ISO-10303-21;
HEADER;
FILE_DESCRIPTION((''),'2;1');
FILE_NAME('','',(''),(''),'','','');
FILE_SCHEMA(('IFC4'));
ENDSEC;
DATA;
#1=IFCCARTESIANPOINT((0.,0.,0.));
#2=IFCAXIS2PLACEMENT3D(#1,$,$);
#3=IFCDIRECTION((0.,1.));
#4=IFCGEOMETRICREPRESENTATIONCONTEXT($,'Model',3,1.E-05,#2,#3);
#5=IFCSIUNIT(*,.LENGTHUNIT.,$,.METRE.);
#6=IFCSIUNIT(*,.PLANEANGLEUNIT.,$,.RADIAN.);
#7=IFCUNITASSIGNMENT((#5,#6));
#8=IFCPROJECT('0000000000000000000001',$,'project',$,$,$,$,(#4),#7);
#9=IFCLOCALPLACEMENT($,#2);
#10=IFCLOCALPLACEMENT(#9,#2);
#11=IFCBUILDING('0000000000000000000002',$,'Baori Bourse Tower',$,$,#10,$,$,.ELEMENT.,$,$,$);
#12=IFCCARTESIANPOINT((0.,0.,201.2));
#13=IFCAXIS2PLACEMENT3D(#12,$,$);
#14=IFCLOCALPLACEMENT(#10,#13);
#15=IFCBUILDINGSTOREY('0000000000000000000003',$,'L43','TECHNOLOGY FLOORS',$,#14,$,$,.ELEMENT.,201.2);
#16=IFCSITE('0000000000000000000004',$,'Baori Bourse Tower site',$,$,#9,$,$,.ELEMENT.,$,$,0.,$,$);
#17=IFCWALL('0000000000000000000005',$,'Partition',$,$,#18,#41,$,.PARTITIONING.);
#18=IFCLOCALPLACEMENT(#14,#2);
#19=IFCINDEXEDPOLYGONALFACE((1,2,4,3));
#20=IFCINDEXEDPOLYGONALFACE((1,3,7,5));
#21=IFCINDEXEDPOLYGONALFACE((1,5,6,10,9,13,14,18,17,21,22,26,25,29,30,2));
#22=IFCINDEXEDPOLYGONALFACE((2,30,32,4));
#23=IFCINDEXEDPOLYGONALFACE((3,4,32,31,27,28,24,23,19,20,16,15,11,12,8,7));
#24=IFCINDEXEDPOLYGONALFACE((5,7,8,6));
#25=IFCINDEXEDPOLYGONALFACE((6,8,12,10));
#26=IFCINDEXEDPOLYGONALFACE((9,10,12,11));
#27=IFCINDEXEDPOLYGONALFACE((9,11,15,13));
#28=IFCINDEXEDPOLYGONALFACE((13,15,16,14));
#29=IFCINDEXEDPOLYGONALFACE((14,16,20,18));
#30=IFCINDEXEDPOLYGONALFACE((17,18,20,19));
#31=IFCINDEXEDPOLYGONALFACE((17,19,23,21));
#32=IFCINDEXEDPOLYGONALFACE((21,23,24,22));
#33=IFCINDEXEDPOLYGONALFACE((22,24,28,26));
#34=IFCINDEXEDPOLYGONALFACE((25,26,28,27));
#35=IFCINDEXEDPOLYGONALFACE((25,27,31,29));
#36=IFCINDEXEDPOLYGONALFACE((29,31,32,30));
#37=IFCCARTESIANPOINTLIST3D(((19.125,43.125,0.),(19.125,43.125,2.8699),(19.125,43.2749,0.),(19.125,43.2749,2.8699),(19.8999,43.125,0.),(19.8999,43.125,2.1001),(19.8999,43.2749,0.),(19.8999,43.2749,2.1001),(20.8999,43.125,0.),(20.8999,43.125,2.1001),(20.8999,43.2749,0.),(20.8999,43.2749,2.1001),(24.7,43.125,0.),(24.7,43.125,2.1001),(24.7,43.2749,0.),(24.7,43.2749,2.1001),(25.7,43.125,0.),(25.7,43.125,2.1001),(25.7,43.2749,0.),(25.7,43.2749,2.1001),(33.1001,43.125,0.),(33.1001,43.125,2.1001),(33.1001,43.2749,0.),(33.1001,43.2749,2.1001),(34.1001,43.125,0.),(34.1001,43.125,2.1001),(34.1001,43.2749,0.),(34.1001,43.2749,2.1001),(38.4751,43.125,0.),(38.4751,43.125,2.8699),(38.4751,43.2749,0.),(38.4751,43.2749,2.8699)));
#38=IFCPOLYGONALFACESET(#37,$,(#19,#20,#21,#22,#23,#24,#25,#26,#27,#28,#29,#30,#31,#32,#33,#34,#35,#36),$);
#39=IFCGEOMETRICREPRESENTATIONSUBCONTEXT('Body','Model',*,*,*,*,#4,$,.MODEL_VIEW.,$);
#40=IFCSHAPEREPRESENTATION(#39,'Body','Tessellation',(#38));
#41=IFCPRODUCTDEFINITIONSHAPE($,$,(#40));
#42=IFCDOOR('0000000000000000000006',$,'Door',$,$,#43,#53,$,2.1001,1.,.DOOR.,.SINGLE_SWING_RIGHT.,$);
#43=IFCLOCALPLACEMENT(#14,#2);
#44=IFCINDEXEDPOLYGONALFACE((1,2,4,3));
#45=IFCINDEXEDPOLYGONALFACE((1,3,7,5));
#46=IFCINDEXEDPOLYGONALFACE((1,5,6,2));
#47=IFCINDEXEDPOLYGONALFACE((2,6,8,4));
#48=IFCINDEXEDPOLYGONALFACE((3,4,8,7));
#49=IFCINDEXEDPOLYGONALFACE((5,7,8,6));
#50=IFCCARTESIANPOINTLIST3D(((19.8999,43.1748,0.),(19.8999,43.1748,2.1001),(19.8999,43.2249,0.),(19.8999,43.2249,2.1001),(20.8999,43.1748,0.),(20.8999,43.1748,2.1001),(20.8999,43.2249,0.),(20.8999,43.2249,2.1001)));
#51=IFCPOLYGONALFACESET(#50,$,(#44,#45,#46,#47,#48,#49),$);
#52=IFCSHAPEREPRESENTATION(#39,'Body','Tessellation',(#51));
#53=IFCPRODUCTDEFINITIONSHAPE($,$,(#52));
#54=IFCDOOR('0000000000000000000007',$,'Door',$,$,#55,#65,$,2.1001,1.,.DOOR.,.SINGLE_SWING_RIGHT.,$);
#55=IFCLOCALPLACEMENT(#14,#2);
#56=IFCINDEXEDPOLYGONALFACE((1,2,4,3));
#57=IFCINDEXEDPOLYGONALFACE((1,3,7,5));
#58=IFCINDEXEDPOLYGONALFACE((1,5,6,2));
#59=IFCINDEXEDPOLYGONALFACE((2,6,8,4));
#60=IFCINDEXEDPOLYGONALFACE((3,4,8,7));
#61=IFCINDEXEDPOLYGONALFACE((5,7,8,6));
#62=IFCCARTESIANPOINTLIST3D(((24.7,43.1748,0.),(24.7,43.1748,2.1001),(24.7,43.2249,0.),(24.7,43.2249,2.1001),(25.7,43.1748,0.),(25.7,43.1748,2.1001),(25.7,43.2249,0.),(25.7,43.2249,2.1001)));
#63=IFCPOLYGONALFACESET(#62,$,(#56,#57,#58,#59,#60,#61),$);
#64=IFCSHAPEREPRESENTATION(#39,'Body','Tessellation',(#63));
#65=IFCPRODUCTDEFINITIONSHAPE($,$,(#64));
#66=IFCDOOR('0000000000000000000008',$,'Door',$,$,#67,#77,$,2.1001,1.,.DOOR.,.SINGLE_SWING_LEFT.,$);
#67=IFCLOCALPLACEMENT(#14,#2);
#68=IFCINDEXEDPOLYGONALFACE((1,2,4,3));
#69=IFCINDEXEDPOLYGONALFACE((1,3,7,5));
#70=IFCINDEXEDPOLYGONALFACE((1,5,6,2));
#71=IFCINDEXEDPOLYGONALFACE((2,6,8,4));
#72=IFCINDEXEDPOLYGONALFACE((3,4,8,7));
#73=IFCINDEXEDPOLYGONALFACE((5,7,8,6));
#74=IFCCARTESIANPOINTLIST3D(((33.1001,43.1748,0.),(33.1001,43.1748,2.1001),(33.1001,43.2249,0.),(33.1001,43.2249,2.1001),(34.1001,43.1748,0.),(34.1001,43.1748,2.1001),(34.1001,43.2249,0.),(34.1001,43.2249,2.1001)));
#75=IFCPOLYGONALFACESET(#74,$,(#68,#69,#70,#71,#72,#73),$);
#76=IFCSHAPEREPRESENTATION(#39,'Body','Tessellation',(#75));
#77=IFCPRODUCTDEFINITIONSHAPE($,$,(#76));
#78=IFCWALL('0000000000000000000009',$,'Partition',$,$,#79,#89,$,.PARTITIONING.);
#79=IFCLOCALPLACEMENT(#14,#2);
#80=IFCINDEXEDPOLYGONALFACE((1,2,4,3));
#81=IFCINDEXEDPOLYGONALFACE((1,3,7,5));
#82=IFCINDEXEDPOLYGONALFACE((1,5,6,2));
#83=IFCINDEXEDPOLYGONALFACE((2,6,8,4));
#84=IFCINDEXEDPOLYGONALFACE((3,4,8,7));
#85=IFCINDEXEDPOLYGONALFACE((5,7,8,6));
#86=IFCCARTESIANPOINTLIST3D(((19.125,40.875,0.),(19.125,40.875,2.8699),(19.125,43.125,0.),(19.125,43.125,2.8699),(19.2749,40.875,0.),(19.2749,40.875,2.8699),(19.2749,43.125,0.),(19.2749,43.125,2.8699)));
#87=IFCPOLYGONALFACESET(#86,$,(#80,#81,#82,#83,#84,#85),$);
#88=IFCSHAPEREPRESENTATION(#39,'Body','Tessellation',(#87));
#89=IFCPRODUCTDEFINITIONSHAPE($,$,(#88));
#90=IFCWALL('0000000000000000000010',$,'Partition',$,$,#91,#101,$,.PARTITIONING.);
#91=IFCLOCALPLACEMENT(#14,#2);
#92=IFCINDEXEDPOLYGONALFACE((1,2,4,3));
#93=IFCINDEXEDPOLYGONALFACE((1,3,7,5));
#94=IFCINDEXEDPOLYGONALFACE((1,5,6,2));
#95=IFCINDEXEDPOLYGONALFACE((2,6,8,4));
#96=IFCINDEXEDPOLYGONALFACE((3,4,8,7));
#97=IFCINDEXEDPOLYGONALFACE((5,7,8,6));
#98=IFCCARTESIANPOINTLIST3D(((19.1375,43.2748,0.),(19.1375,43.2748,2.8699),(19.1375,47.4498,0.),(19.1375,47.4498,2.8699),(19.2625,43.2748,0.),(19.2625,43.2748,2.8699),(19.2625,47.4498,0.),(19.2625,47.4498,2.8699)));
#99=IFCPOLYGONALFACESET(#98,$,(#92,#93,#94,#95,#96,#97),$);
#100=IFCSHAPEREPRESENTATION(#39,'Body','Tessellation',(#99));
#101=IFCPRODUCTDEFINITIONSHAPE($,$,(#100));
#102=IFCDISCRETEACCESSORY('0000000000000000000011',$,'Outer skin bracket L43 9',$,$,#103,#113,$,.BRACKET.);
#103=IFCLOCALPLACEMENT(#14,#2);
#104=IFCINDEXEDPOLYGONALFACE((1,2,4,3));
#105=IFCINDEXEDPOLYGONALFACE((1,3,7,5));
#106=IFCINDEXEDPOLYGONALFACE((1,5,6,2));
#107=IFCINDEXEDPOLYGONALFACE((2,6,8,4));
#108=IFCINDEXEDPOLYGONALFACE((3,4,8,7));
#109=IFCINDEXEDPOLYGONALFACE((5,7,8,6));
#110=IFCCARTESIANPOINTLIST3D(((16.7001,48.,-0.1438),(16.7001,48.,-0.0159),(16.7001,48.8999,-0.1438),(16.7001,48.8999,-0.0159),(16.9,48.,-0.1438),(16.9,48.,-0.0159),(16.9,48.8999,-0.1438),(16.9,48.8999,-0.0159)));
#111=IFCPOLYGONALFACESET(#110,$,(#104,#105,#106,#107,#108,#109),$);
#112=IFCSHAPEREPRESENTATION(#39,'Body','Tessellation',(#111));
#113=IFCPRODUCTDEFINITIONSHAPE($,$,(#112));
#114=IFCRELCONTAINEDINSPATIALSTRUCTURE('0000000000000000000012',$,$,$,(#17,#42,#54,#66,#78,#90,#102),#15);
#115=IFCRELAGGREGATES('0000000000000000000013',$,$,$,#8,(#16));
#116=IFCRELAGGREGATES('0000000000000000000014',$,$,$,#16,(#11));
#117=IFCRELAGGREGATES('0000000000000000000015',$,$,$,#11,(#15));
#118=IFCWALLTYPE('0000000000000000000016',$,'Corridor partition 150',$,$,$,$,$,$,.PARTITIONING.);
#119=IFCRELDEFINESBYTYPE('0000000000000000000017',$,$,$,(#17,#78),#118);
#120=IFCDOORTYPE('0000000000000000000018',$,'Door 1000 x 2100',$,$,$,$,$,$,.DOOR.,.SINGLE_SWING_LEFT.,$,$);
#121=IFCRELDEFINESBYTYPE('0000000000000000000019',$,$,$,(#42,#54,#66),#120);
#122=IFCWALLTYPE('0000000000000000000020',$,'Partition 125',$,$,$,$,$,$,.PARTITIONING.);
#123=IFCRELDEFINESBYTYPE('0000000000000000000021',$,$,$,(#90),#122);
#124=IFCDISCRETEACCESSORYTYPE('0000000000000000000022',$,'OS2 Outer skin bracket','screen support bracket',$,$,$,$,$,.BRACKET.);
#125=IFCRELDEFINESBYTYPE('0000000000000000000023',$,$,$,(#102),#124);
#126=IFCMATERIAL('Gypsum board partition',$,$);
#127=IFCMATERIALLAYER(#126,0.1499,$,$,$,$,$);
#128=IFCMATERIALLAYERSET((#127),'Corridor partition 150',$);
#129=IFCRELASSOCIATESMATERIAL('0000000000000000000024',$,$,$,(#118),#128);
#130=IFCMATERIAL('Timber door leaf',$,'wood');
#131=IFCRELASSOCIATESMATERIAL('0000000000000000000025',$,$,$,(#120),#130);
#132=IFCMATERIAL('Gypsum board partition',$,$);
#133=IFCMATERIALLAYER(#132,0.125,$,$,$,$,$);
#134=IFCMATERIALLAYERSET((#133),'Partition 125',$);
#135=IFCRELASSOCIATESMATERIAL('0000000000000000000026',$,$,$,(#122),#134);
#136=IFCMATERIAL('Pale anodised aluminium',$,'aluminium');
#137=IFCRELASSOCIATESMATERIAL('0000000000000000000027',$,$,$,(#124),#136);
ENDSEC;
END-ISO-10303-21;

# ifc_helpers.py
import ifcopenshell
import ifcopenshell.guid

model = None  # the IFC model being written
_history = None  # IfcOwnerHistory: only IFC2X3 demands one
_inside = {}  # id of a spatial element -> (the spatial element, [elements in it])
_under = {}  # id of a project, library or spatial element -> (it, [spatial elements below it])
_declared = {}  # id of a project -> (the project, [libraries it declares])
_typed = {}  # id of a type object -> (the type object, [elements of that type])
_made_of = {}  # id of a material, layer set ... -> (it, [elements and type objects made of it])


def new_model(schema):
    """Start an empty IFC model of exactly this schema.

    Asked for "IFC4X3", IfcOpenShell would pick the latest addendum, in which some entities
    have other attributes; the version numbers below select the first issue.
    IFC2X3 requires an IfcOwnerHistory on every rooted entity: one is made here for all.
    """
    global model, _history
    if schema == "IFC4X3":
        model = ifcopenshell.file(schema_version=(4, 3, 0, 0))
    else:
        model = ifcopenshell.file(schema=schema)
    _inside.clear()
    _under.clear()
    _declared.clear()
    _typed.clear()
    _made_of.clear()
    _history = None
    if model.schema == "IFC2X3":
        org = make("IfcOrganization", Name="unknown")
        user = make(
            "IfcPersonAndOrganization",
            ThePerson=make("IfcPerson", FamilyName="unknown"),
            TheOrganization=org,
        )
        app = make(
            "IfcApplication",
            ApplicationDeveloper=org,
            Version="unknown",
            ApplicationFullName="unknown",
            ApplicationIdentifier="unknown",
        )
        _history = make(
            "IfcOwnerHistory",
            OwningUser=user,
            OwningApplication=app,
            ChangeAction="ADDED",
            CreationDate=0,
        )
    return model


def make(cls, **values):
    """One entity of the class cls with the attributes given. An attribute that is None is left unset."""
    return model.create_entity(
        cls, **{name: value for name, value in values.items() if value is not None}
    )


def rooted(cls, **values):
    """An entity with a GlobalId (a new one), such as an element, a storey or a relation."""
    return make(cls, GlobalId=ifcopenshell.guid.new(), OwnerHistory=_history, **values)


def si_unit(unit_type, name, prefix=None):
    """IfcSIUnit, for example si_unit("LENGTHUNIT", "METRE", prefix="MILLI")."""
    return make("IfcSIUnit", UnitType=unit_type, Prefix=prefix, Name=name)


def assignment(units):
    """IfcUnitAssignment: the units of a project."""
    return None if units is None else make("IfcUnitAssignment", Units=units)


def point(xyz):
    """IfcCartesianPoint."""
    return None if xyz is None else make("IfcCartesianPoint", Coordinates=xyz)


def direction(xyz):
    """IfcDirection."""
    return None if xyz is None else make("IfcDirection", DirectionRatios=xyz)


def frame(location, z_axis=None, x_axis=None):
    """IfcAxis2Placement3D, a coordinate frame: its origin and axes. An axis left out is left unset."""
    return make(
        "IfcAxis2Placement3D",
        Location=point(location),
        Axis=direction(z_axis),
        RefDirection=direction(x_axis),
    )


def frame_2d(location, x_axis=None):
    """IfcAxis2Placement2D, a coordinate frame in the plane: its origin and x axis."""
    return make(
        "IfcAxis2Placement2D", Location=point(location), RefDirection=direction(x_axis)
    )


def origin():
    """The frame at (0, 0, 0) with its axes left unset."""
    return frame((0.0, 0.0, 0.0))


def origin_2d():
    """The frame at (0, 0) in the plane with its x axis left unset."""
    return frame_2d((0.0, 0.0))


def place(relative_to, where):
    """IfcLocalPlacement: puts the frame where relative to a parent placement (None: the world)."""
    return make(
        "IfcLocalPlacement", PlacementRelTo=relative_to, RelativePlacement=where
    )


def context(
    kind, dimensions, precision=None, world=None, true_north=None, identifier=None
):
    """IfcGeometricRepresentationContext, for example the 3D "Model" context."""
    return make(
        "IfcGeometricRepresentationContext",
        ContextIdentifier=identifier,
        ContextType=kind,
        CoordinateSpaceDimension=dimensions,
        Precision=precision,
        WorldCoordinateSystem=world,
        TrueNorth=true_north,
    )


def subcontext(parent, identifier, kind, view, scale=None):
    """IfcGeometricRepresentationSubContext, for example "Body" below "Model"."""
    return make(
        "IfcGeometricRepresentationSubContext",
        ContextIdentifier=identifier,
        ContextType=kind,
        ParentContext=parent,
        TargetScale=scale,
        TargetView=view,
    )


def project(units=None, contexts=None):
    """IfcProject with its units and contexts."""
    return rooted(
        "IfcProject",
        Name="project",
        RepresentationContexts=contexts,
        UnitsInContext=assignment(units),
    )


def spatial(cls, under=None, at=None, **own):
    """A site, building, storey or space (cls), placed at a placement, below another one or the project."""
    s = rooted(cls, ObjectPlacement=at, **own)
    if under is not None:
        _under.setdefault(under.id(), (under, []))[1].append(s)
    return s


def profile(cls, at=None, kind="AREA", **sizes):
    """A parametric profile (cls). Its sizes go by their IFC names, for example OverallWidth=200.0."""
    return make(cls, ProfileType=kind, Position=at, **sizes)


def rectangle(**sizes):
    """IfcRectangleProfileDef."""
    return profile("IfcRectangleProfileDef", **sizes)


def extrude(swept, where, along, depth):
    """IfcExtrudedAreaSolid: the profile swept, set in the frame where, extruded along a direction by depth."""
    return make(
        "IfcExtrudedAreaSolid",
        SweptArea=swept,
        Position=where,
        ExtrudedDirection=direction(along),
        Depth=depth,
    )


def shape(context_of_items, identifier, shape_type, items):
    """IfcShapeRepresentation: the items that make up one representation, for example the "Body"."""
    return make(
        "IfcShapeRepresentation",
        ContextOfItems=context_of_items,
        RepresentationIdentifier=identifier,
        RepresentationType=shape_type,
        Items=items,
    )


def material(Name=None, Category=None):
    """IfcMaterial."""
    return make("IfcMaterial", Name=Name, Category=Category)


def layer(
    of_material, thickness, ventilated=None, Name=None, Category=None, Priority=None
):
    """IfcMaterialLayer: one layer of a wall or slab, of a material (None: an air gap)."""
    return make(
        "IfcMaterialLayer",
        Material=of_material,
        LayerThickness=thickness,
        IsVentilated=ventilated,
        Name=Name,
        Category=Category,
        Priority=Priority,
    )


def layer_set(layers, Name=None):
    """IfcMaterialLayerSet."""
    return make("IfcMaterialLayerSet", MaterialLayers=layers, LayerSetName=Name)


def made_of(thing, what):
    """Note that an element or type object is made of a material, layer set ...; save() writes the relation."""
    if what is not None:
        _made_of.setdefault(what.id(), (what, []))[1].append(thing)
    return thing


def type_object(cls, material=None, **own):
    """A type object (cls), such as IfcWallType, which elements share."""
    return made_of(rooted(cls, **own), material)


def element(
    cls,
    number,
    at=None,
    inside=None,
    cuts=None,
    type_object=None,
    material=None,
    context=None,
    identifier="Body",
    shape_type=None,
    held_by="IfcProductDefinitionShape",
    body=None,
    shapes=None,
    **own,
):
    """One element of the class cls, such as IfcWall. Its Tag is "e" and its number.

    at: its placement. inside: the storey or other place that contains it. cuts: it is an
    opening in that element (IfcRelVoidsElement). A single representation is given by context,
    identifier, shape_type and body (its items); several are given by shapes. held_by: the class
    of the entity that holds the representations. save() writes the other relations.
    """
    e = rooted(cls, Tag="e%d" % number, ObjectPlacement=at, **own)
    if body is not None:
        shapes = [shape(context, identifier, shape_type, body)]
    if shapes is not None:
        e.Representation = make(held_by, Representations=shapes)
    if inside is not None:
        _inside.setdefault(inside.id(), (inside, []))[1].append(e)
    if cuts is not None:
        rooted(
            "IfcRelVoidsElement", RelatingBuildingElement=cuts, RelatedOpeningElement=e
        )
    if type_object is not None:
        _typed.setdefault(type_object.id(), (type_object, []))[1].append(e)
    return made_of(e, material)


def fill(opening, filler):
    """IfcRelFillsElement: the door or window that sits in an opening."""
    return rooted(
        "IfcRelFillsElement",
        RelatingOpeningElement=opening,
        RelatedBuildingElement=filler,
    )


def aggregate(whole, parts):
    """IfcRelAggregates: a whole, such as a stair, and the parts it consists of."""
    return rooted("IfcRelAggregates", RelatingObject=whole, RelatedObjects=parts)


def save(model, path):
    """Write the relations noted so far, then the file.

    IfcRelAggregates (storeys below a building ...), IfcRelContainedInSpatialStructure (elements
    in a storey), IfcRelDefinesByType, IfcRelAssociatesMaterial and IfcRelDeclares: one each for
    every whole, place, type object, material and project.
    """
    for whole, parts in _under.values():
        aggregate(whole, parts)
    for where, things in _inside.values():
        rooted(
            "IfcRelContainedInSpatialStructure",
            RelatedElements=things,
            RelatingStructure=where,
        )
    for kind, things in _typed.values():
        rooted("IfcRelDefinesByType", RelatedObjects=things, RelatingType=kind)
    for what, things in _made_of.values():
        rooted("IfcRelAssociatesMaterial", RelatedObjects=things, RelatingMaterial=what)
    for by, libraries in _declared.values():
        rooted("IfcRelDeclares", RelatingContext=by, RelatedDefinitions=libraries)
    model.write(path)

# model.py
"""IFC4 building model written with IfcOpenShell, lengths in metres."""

from ifc_helpers import new_model, si_unit, direction, frame, frame_2d, origin, origin_2d, place, context, subcontext, project, spatial, rectangle, extrude, material, layer, layer_set, type_object, element, fill, save


model = new_model("IFC4")

# Units and contexts
model_context = context("Model", 3, precision=1e-05, world=origin(), true_north=direction((0.0, 1.0)))
body_context = subcontext(model_context, "Body", "Model", "MODEL_VIEW")
ifc_project = project(units=[si_unit("LENGTHUNIT", "METRE"), si_unit("PLANEANGLEUNIT", "RADIAN")], contexts=[model_context])

# Site, building, storey
site_placement = place(None, origin())
site = spatial("IfcSite", under=ifc_project, at=site_placement, Name="Baori Bourse Tower site", CompositionType="ELEMENT", RefElevation=0.0)
building_placement = place(site_placement, origin())
building = spatial("IfcBuilding", under=site, at=building_placement, Name="Baori Bourse Tower", CompositionType="ELEMENT")
storey_placement = place(building_placement, frame((0.0, 0.0, 201.2)))
storey = spatial("IfcBuildingStorey", under=building, at=storey_placement, Name="L43", Description="TECHNOLOGY FLOORS", CompositionType="ELEMENT", Elevation=201.2)

# Wall, openings, doors
ifc_material_1 = material(Name="Gypsum board partition")
ifc_layer_1 = layer(ifc_material_1, 0.1499)
ifc_layer_set_1 = layer_set([ifc_layer_1], Name="Corridor partition 150")
wall_type_1 = type_object("IfcWallType", Name="Corridor partition 150", PredefinedType="PARTITIONING", material=ifc_layer_set_1)
wall_1_placement = place(storey_placement, frame((19.125, 43.2, 0.0), z_axis=(0.0, 0.0, 1.0), x_axis=(1.0, 0.0, 0.0)))
wall_1 = element("IfcWall", 1, at=wall_1_placement, inside=storey, type_object=wall_type_1, Name="Partition", PredefinedType="PARTITIONING", context=body_context, shape_type="SweptSolid", body=[
    extrude(rectangle(XDim=19.3501, YDim=0.1499, at=frame_2d((9.675, 0.0))), origin(), (0.0, 0.0, 1.0), 2.8699),
])
opening_1_placement = place(wall_1_placement, frame((0.7749, 0.0, 0.0)))
opening_1 = element("IfcOpeningElement", 2, at=opening_1_placement, cuts=wall_1, PredefinedType="OPENING", context=body_context, shape_type="SweptSolid", body=[
    extrude(rectangle(XDim=1.0, YDim=2.1001, at=frame_2d((0.5, 1.05))), frame((0.0, 0.085, 0.0), z_axis=(0.0, -1.0, 0.0), x_axis=(1.0, 0.0, 0.0)), (0.0, 0.0, 1.0), 0.1699),
])
opening_2_placement = place(wall_1_placement, frame((5.575, 0.0, 0.0)))
opening_2 = element("IfcOpeningElement", 3, at=opening_2_placement, cuts=wall_1, PredefinedType="OPENING", context=body_context, shape_type="SweptSolid", body=[
    extrude(rectangle(XDim=1.0, YDim=2.1001, at=frame_2d((0.5, 1.05))), frame((0.0, 0.085, 0.0), z_axis=(0.0, -1.0, 0.0), x_axis=(1.0, 0.0, 0.0)), (0.0, 0.0, 1.0), 0.1699),
])
opening_3_placement = place(wall_1_placement, frame((13.9751, 0.0, 0.0)))
opening_3 = element("IfcOpeningElement", 4, at=opening_3_placement, cuts=wall_1, PredefinedType="OPENING", context=body_context, shape_type="SweptSolid", body=[
    extrude(rectangle(XDim=1.0, YDim=2.1001, at=frame_2d((0.5, 1.05))), frame((0.0, 0.085, 0.0), z_axis=(0.0, -1.0, 0.0), x_axis=(1.0, 0.0, 0.0)), (0.0, 0.0, 1.0), 0.1699),
])
ifc_material_2 = material(Name="Timber door leaf", Category="wood")
door_type_1 = type_object("IfcDoorType", Name="Door 1000 x 2100", OperationType="SINGLE_SWING_LEFT", PredefinedType="DOOR", material=ifc_material_2)
door_1_placement = place(opening_1_placement, origin())
door_1 = element("IfcDoor", 5, at=door_1_placement, inside=storey, type_object=door_type_1, Name="Door", OperationType="SINGLE_SWING_RIGHT", OverallHeight=2.1001, OverallWidth=1.0, PredefinedType="DOOR", context=body_context, shape_type="SweptSolid", body=[
    extrude(rectangle(XDim=1.0, YDim=2.1001, at=frame_2d((0.5, 1.05))), frame((0.0, 0.0249, 0.0), z_axis=(0.0, -1.0, 0.0), x_axis=(1.0, 0.0, 0.0)), (0.0, 0.0, 1.0), 0.05),
])
fill(opening_1, door_1)
door_2_placement = place(opening_2_placement, origin())
door_2 = element("IfcDoor", 6, at=door_2_placement, inside=storey, type_object=door_type_1, Name="Door", OperationType="SINGLE_SWING_RIGHT", OverallHeight=2.1001, OverallWidth=1.0, PredefinedType="DOOR", context=body_context, shape_type="SweptSolid", body=[
    extrude(rectangle(XDim=1.0, YDim=2.1001, at=frame_2d((0.5, 1.05))), frame((0.0, 0.0249, 0.0), z_axis=(0.0, -1.0, 0.0), x_axis=(1.0, 0.0, 0.0)), (0.0, 0.0, 1.0), 0.05),
])
fill(opening_2, door_2)
door_3_placement = place(opening_3_placement, origin())
door_3 = element("IfcDoor", 7, at=door_3_placement, inside=storey, type_object=door_type_1, Name="Door", OperationType="SINGLE_SWING_LEFT", OverallHeight=2.1001, OverallWidth=1.0, PredefinedType="DOOR", context=body_context, shape_type="SweptSolid", body=[
    extrude(rectangle(XDim=1.0, YDim=2.1001, at=frame_2d((0.5, 1.05))), frame((0.0, 0.0249, 0.0), z_axis=(0.0, -1.0, 0.0), x_axis=(1.0, 0.0, 0.0)), (0.0, 0.0, 1.0), 0.05),
])
fill(opening_3, door_3)

# Walls
wall_2_placement = place(storey_placement, frame((19.2, 40.875, 0.0), z_axis=(0.0, 0.0, 1.0), x_axis=(0.0, 1.0, 0.0)))
element("IfcWall", 8, at=wall_2_placement, inside=storey, type_object=wall_type_1, Name="Partition", PredefinedType="PARTITIONING", context=body_context, shape_type="SweptSolid", body=[
    extrude(rectangle(XDim=2.25, YDim=0.1499, at=frame_2d((1.125, 0.0))), origin(), (0.0, 0.0, 1.0), 2.8699),
])
ifc_material_3 = material(Name="Gypsum board partition")
ifc_layer_2 = layer(ifc_material_3, 0.125)
ifc_layer_set_2 = layer_set([ifc_layer_2], Name="Partition 125")
wall_type_2 = type_object("IfcWallType", Name="Partition 125", PredefinedType="PARTITIONING", material=ifc_layer_set_2)
wall_3_placement = place(storey_placement, frame((19.2, 43.2749, 0.0), z_axis=(0.0, 0.0, 1.0), x_axis=(0.0, 1.0, 0.0)))
element("IfcWall", 9, at=wall_3_placement, inside=storey, type_object=wall_type_2, Name="Partition", PredefinedType="PARTITIONING", context=body_context, shape_type="SweptSolid", body=[
    extrude(rectangle(XDim=4.175, YDim=0.125, at=frame_2d((2.0874, 0.0))), origin(), (0.0, 0.0, 1.0), 2.8699),
])

# Discrete accessory
ifc_material_4 = material(Name="Pale anodised aluminium", Category="aluminium")
discrete_accessory_type = type_object("IfcDiscreteAccessoryType", Name="OS2 Outer skin bracket", Description="screen support bracket", PredefinedType="BRACKET", material=ifc_material_4)
discrete_accessory_placement = place(storey_placement, frame((16.8, 48.45, -0.1438), z_axis=(0.0, 0.0, 1.0), x_axis=(-1.0, 0.0, 0.0)))
element("IfcDiscreteAccessory", 10, at=discrete_accessory_placement, inside=storey, type_object=discrete_accessory_type, Name="Outer skin bracket L43 9", PredefinedType="BRACKET", context=body_context, shape_type="SweptSolid", body=[
    extrude(rectangle(XDim=0.2, YDim=0.8999, at=origin_2d()), origin(), (0.0, 0.0, 1.0), 0.1279),
])

save(model, "model.ifc")
